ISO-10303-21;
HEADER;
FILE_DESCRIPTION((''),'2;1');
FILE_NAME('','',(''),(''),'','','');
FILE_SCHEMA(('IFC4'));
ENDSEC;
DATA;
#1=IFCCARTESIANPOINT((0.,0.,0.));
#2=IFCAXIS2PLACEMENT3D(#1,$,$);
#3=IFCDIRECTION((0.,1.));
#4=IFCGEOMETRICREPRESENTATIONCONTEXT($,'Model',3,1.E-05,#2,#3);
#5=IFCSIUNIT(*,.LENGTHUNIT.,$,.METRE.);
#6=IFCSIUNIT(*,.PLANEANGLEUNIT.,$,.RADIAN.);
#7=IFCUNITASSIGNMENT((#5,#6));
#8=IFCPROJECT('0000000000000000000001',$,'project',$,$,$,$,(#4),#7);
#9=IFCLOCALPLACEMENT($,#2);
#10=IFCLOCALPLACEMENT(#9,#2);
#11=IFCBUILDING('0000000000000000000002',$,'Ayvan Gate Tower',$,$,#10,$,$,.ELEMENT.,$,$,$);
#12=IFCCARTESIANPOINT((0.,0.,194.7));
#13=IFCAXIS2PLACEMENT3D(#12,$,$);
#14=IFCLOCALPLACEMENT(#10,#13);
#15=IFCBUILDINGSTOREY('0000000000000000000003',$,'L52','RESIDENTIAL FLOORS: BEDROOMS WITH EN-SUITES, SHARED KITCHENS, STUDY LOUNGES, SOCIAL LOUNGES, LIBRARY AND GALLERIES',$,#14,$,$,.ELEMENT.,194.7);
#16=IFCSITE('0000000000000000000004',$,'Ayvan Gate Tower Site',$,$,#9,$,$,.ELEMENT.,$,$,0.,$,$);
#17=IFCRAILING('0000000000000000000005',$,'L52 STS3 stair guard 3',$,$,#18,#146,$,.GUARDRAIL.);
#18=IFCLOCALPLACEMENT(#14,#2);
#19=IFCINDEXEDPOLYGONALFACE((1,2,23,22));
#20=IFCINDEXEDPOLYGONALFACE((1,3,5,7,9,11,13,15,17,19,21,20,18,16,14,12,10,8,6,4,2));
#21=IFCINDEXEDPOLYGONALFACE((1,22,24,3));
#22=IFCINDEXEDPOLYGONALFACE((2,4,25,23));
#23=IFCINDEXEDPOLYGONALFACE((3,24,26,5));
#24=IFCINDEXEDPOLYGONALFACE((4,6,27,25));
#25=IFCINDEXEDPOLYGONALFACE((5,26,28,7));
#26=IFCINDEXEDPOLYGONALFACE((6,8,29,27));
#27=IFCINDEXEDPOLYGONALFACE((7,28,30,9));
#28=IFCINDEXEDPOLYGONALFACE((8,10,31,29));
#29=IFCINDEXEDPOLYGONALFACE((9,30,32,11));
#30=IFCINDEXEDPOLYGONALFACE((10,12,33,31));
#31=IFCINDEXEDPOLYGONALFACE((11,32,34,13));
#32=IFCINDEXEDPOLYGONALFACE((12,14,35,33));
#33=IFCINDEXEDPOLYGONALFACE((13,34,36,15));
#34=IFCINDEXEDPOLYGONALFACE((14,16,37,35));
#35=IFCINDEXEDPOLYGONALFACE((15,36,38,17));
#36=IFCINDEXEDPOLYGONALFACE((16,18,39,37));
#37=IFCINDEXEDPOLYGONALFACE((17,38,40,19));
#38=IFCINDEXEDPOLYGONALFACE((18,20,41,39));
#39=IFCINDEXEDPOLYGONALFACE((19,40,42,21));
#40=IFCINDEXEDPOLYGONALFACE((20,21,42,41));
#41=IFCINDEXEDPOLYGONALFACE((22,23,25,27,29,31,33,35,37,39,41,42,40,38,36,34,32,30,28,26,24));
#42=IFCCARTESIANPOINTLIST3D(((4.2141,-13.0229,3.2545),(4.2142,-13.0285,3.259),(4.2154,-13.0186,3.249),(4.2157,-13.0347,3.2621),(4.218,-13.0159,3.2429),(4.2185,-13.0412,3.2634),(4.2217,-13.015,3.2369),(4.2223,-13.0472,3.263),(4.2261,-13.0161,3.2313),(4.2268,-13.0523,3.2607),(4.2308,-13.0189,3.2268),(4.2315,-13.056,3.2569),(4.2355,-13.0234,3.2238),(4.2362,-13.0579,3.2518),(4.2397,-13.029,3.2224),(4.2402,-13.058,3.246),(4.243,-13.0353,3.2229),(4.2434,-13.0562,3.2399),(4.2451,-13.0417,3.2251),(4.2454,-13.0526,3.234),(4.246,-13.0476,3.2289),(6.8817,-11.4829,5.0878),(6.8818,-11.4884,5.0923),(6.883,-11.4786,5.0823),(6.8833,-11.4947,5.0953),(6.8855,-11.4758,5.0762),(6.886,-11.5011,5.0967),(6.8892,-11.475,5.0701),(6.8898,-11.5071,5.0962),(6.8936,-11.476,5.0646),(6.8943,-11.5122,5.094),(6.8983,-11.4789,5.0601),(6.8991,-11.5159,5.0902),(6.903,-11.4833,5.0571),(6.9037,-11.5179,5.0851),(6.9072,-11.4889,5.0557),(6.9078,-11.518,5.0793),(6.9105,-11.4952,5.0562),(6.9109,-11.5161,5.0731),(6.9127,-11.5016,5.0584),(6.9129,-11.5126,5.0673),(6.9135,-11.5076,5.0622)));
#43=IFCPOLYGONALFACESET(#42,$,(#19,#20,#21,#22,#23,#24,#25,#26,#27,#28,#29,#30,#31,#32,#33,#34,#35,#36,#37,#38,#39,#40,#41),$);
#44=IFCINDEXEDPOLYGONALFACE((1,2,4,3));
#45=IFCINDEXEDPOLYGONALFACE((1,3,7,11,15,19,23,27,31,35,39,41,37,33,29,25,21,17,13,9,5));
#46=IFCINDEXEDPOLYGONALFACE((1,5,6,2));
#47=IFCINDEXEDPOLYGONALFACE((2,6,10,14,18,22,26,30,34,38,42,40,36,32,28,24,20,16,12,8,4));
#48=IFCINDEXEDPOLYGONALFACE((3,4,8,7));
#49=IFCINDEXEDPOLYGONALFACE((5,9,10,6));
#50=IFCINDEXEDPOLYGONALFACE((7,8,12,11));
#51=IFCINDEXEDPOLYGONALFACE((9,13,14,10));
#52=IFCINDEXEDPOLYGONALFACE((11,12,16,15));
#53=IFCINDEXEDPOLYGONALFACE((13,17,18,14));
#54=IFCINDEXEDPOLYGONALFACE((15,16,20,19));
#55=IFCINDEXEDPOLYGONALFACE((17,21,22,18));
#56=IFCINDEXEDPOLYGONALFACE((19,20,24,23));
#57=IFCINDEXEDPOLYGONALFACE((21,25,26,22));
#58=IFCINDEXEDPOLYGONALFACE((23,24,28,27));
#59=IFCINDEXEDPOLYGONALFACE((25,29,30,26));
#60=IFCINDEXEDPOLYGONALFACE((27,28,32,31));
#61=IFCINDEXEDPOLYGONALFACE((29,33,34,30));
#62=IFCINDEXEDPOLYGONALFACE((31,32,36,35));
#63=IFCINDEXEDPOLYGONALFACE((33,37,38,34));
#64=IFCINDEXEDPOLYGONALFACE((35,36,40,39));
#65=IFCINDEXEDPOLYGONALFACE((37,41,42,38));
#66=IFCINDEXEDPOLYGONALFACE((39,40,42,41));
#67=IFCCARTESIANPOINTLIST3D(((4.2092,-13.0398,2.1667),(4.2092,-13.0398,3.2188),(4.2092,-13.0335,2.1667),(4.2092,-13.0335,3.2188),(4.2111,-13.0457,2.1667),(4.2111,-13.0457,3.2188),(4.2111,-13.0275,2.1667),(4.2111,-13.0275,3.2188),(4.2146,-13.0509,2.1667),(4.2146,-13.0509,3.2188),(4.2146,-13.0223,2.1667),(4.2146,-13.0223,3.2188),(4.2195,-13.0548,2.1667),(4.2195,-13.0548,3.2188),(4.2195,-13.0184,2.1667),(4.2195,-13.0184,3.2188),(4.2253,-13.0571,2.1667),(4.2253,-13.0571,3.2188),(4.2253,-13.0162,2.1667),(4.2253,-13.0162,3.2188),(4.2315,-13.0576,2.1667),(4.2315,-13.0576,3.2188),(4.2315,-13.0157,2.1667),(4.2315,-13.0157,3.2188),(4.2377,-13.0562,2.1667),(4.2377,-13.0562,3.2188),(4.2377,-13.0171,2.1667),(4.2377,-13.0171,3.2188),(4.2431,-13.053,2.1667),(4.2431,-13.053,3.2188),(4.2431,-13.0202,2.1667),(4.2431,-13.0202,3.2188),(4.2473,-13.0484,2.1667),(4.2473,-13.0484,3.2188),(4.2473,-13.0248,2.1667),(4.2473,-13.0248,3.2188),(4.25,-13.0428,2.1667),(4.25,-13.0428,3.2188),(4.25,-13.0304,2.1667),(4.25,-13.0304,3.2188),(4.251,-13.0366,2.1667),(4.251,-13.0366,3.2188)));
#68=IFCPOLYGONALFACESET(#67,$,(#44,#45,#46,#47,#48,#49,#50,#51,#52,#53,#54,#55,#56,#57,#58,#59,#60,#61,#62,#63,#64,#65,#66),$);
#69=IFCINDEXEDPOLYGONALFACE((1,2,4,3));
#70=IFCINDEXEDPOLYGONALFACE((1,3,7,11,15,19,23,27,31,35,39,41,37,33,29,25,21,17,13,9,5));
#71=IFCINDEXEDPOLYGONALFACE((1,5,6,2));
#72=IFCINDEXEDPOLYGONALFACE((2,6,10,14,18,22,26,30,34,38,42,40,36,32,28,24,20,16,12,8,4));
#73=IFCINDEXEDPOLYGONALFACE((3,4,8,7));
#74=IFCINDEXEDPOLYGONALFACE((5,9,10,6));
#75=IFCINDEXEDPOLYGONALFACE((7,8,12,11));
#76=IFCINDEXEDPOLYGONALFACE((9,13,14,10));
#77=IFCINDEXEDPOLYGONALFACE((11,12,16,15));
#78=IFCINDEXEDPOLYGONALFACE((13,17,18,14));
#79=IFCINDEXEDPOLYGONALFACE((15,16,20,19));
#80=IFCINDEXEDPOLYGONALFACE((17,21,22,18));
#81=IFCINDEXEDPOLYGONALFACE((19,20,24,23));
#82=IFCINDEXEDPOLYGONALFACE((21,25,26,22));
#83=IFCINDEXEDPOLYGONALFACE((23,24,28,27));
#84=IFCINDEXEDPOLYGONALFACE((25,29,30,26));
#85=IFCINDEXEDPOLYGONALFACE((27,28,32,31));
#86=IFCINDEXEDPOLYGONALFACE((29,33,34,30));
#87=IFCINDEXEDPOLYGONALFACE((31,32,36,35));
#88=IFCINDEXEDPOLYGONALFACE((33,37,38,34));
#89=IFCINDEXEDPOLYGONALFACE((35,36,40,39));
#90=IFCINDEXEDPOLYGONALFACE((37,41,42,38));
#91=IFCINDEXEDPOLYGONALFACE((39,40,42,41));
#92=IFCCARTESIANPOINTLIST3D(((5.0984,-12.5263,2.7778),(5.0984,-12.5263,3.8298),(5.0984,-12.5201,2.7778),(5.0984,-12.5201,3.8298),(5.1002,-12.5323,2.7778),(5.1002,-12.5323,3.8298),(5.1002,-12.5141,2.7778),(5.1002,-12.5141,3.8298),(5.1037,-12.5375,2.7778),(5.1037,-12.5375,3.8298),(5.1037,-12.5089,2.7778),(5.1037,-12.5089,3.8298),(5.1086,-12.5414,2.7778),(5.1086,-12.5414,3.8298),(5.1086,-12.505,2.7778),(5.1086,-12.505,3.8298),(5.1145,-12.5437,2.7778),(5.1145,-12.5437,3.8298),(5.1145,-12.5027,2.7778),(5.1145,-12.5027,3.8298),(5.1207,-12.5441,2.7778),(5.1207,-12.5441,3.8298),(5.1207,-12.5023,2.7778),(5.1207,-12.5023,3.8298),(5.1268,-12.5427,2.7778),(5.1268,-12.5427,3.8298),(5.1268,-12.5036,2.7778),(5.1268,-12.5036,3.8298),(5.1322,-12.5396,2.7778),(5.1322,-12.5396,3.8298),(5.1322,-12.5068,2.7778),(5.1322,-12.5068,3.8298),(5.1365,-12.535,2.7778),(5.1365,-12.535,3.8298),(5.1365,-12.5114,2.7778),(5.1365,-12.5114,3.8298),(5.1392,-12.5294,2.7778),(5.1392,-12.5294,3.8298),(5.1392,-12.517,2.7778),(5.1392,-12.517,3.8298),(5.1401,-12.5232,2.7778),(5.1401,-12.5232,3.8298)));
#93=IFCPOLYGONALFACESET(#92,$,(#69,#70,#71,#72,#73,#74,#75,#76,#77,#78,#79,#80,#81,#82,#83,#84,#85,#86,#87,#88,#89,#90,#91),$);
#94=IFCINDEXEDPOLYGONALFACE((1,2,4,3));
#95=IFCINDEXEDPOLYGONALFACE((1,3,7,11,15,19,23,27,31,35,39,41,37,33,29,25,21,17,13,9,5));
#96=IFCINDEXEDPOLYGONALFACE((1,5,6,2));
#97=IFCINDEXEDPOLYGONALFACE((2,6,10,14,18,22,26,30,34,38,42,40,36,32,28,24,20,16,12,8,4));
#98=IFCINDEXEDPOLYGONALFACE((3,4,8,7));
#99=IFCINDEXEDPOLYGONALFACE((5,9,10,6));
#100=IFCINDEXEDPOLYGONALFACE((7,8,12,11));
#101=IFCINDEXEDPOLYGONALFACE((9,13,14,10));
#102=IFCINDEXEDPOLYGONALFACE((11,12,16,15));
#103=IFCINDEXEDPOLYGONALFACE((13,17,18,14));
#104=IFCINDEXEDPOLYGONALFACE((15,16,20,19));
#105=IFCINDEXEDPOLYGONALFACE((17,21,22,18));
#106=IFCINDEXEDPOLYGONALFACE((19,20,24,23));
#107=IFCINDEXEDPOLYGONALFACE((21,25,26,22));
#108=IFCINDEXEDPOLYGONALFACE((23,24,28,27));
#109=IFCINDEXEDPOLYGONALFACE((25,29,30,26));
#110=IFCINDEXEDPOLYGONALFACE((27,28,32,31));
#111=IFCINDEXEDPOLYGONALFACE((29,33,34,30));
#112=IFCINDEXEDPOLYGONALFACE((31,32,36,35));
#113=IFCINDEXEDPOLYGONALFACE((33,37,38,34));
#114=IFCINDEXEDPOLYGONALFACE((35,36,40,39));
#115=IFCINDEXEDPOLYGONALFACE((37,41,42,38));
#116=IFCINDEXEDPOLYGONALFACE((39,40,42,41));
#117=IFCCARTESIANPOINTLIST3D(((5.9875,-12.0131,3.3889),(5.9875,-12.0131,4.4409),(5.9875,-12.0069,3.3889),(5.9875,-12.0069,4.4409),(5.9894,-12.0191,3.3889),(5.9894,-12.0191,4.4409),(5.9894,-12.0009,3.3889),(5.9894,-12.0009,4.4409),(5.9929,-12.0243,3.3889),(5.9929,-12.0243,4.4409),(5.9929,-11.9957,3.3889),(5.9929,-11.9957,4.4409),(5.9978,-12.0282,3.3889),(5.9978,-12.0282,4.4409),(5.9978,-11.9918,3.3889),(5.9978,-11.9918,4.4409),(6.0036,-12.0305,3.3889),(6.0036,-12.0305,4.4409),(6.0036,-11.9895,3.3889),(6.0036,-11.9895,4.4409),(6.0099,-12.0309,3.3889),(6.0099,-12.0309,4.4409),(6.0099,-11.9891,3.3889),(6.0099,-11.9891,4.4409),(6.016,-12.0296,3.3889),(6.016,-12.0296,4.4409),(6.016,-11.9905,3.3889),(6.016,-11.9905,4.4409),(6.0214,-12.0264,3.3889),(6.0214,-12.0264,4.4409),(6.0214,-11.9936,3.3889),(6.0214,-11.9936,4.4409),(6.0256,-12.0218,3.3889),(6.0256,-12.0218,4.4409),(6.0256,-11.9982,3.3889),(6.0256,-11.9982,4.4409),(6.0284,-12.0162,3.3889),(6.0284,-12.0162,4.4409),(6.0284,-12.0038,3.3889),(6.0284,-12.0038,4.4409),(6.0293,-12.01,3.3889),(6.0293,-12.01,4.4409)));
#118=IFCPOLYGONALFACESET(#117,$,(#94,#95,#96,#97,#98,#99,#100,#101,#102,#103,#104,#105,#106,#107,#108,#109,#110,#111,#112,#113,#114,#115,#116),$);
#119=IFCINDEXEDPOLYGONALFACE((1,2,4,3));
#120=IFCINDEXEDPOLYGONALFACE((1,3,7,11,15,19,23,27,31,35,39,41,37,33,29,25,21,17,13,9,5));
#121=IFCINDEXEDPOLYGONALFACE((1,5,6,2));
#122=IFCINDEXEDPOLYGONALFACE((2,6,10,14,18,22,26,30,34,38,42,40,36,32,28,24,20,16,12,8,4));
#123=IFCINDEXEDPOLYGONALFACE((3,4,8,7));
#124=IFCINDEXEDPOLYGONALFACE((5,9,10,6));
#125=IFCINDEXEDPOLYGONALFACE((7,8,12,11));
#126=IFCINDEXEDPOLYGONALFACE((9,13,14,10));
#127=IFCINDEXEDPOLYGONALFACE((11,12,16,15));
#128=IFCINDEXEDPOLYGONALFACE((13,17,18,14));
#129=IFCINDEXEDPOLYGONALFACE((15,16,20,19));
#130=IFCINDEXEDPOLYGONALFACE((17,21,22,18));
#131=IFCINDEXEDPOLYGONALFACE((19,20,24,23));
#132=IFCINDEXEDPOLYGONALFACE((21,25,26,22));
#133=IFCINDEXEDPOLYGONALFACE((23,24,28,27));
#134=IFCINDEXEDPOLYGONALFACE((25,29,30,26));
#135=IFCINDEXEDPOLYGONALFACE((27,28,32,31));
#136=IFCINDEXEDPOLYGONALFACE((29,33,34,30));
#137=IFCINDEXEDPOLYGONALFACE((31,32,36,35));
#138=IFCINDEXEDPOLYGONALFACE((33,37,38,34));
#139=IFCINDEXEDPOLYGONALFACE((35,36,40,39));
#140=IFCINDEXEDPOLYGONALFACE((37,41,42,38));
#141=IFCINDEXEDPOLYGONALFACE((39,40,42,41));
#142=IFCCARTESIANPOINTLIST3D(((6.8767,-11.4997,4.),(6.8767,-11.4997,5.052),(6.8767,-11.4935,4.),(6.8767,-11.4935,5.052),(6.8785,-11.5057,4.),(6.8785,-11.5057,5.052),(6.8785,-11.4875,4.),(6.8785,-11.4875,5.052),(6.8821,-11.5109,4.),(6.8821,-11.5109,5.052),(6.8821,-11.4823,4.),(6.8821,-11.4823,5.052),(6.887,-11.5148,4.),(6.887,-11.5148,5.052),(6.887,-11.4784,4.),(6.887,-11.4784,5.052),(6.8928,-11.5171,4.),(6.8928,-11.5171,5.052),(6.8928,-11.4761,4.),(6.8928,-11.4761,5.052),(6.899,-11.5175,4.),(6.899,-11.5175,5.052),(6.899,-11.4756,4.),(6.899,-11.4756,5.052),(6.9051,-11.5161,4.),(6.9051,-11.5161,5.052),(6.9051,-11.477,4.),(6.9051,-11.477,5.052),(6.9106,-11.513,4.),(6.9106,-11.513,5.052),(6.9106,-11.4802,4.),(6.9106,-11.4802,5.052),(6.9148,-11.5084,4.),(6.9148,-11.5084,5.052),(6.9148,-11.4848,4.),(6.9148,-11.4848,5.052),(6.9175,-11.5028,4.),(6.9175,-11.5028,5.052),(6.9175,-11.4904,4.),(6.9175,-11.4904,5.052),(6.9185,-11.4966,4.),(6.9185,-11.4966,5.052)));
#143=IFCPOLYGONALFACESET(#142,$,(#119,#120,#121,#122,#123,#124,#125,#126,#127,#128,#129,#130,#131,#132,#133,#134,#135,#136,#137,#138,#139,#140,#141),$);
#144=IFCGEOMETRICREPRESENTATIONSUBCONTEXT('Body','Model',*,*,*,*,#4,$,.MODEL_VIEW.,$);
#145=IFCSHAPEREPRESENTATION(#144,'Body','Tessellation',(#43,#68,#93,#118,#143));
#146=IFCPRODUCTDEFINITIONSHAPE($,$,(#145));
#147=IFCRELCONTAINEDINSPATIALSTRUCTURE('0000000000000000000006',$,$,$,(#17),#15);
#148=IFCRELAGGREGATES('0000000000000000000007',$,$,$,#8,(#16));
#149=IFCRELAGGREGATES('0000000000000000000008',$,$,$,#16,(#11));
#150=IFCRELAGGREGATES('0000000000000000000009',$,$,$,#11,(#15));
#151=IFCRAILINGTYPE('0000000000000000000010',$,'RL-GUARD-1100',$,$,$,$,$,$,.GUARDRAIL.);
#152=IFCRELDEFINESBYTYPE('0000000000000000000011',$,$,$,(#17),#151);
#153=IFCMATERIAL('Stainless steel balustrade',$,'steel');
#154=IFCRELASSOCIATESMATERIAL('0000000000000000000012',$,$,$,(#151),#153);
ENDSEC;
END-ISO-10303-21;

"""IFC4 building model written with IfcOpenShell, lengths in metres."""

from ifc_helpers import new_model, si_unit, direction, frame, origin, origin_2d, place, context, subcontext, project, spatial, circle, extrude, material, type_object, element, save


model = new_model("IFC4")

# Units and contexts
model_context = context("Model", 3, precision=1e-05, world=origin(), true_north=direction((0.0, 1.0)))
body_context = subcontext(model_context, "Body", "Model", "MODEL_VIEW")
ifc_project = project(units=[si_unit("LENGTHUNIT", "METRE"), si_unit("PLANEANGLEUNIT", "RADIAN")], contexts=[model_context])

# Site, building, storey
site_placement = place(None, origin())
site = spatial("IfcSite", under=ifc_project, at=site_placement, Name="Ayvan Gate Tower Site", CompositionType="ELEMENT", RefElevation=0.0)
building_placement = place(site_placement, origin())
building = spatial("IfcBuilding", under=site, at=building_placement, Name="Ayvan Gate Tower", CompositionType="ELEMENT")
storey_placement = place(building_placement, frame((0.0, 0.0, 194.7)))
storey = spatial("IfcBuildingStorey", under=building, at=storey_placement, Name="L52", Description="RESIDENTIAL FLOORS: BEDROOMS WITH EN-SUITES, SHARED KITCHENS, STUDY LOUNGES, SOCIAL LOUNGES, LIBRARY AND GALLERIES", CompositionType="ELEMENT", Elevation=194.7)

# Railing
ifc_material_1 = material(Name="Stainless steel balustrade", Category="steel")
railing_type_1 = type_object("IfcRailingType", Name="RL-GUARD-1100", PredefinedType="GUARDRAIL", material=ifc_material_1)
railing_1_placement = place(storey_placement, frame((4.23, -13.0366, 2.1667)))
element("IfcRailing", 1, at=railing_1_placement, inside=storey, type_object=railing_type_1, Name="L52 STS3 stair guard 3", PredefinedType="GUARDRAIL", context=body_context, shape_type="SweptSolid", body=[
    extrude(circle(Radius=0.0239, at=origin_2d()), frame((0.0, 0.0, 1.0762), z_axis=(0.74419, 0.429649, 0.511452), x_axis=(-0.499992, 0.86603, 0.0)), (0.0, 0.0, 1.0), 3.5845),
    extrude(circle(Radius=0.021, at=origin_2d()), origin(), (0.0, 0.0, 1.0), 1.052),
    extrude(circle(Radius=0.021, at=origin_2d()), frame((0.8892, 0.5134, 0.6111)), (0.0, 0.0, 1.0), 1.052),
    extrude(circle(Radius=0.021, at=origin_2d()), frame((1.7783, 1.0266, 1.2222)), (0.0, 0.0, 1.0), 1.052),
    extrude(circle(Radius=0.021, at=origin_2d()), frame((2.6675, 1.54, 1.8333)), (0.0, 0.0, 1.0), 1.052),
])

save(model, "model.ifc")
